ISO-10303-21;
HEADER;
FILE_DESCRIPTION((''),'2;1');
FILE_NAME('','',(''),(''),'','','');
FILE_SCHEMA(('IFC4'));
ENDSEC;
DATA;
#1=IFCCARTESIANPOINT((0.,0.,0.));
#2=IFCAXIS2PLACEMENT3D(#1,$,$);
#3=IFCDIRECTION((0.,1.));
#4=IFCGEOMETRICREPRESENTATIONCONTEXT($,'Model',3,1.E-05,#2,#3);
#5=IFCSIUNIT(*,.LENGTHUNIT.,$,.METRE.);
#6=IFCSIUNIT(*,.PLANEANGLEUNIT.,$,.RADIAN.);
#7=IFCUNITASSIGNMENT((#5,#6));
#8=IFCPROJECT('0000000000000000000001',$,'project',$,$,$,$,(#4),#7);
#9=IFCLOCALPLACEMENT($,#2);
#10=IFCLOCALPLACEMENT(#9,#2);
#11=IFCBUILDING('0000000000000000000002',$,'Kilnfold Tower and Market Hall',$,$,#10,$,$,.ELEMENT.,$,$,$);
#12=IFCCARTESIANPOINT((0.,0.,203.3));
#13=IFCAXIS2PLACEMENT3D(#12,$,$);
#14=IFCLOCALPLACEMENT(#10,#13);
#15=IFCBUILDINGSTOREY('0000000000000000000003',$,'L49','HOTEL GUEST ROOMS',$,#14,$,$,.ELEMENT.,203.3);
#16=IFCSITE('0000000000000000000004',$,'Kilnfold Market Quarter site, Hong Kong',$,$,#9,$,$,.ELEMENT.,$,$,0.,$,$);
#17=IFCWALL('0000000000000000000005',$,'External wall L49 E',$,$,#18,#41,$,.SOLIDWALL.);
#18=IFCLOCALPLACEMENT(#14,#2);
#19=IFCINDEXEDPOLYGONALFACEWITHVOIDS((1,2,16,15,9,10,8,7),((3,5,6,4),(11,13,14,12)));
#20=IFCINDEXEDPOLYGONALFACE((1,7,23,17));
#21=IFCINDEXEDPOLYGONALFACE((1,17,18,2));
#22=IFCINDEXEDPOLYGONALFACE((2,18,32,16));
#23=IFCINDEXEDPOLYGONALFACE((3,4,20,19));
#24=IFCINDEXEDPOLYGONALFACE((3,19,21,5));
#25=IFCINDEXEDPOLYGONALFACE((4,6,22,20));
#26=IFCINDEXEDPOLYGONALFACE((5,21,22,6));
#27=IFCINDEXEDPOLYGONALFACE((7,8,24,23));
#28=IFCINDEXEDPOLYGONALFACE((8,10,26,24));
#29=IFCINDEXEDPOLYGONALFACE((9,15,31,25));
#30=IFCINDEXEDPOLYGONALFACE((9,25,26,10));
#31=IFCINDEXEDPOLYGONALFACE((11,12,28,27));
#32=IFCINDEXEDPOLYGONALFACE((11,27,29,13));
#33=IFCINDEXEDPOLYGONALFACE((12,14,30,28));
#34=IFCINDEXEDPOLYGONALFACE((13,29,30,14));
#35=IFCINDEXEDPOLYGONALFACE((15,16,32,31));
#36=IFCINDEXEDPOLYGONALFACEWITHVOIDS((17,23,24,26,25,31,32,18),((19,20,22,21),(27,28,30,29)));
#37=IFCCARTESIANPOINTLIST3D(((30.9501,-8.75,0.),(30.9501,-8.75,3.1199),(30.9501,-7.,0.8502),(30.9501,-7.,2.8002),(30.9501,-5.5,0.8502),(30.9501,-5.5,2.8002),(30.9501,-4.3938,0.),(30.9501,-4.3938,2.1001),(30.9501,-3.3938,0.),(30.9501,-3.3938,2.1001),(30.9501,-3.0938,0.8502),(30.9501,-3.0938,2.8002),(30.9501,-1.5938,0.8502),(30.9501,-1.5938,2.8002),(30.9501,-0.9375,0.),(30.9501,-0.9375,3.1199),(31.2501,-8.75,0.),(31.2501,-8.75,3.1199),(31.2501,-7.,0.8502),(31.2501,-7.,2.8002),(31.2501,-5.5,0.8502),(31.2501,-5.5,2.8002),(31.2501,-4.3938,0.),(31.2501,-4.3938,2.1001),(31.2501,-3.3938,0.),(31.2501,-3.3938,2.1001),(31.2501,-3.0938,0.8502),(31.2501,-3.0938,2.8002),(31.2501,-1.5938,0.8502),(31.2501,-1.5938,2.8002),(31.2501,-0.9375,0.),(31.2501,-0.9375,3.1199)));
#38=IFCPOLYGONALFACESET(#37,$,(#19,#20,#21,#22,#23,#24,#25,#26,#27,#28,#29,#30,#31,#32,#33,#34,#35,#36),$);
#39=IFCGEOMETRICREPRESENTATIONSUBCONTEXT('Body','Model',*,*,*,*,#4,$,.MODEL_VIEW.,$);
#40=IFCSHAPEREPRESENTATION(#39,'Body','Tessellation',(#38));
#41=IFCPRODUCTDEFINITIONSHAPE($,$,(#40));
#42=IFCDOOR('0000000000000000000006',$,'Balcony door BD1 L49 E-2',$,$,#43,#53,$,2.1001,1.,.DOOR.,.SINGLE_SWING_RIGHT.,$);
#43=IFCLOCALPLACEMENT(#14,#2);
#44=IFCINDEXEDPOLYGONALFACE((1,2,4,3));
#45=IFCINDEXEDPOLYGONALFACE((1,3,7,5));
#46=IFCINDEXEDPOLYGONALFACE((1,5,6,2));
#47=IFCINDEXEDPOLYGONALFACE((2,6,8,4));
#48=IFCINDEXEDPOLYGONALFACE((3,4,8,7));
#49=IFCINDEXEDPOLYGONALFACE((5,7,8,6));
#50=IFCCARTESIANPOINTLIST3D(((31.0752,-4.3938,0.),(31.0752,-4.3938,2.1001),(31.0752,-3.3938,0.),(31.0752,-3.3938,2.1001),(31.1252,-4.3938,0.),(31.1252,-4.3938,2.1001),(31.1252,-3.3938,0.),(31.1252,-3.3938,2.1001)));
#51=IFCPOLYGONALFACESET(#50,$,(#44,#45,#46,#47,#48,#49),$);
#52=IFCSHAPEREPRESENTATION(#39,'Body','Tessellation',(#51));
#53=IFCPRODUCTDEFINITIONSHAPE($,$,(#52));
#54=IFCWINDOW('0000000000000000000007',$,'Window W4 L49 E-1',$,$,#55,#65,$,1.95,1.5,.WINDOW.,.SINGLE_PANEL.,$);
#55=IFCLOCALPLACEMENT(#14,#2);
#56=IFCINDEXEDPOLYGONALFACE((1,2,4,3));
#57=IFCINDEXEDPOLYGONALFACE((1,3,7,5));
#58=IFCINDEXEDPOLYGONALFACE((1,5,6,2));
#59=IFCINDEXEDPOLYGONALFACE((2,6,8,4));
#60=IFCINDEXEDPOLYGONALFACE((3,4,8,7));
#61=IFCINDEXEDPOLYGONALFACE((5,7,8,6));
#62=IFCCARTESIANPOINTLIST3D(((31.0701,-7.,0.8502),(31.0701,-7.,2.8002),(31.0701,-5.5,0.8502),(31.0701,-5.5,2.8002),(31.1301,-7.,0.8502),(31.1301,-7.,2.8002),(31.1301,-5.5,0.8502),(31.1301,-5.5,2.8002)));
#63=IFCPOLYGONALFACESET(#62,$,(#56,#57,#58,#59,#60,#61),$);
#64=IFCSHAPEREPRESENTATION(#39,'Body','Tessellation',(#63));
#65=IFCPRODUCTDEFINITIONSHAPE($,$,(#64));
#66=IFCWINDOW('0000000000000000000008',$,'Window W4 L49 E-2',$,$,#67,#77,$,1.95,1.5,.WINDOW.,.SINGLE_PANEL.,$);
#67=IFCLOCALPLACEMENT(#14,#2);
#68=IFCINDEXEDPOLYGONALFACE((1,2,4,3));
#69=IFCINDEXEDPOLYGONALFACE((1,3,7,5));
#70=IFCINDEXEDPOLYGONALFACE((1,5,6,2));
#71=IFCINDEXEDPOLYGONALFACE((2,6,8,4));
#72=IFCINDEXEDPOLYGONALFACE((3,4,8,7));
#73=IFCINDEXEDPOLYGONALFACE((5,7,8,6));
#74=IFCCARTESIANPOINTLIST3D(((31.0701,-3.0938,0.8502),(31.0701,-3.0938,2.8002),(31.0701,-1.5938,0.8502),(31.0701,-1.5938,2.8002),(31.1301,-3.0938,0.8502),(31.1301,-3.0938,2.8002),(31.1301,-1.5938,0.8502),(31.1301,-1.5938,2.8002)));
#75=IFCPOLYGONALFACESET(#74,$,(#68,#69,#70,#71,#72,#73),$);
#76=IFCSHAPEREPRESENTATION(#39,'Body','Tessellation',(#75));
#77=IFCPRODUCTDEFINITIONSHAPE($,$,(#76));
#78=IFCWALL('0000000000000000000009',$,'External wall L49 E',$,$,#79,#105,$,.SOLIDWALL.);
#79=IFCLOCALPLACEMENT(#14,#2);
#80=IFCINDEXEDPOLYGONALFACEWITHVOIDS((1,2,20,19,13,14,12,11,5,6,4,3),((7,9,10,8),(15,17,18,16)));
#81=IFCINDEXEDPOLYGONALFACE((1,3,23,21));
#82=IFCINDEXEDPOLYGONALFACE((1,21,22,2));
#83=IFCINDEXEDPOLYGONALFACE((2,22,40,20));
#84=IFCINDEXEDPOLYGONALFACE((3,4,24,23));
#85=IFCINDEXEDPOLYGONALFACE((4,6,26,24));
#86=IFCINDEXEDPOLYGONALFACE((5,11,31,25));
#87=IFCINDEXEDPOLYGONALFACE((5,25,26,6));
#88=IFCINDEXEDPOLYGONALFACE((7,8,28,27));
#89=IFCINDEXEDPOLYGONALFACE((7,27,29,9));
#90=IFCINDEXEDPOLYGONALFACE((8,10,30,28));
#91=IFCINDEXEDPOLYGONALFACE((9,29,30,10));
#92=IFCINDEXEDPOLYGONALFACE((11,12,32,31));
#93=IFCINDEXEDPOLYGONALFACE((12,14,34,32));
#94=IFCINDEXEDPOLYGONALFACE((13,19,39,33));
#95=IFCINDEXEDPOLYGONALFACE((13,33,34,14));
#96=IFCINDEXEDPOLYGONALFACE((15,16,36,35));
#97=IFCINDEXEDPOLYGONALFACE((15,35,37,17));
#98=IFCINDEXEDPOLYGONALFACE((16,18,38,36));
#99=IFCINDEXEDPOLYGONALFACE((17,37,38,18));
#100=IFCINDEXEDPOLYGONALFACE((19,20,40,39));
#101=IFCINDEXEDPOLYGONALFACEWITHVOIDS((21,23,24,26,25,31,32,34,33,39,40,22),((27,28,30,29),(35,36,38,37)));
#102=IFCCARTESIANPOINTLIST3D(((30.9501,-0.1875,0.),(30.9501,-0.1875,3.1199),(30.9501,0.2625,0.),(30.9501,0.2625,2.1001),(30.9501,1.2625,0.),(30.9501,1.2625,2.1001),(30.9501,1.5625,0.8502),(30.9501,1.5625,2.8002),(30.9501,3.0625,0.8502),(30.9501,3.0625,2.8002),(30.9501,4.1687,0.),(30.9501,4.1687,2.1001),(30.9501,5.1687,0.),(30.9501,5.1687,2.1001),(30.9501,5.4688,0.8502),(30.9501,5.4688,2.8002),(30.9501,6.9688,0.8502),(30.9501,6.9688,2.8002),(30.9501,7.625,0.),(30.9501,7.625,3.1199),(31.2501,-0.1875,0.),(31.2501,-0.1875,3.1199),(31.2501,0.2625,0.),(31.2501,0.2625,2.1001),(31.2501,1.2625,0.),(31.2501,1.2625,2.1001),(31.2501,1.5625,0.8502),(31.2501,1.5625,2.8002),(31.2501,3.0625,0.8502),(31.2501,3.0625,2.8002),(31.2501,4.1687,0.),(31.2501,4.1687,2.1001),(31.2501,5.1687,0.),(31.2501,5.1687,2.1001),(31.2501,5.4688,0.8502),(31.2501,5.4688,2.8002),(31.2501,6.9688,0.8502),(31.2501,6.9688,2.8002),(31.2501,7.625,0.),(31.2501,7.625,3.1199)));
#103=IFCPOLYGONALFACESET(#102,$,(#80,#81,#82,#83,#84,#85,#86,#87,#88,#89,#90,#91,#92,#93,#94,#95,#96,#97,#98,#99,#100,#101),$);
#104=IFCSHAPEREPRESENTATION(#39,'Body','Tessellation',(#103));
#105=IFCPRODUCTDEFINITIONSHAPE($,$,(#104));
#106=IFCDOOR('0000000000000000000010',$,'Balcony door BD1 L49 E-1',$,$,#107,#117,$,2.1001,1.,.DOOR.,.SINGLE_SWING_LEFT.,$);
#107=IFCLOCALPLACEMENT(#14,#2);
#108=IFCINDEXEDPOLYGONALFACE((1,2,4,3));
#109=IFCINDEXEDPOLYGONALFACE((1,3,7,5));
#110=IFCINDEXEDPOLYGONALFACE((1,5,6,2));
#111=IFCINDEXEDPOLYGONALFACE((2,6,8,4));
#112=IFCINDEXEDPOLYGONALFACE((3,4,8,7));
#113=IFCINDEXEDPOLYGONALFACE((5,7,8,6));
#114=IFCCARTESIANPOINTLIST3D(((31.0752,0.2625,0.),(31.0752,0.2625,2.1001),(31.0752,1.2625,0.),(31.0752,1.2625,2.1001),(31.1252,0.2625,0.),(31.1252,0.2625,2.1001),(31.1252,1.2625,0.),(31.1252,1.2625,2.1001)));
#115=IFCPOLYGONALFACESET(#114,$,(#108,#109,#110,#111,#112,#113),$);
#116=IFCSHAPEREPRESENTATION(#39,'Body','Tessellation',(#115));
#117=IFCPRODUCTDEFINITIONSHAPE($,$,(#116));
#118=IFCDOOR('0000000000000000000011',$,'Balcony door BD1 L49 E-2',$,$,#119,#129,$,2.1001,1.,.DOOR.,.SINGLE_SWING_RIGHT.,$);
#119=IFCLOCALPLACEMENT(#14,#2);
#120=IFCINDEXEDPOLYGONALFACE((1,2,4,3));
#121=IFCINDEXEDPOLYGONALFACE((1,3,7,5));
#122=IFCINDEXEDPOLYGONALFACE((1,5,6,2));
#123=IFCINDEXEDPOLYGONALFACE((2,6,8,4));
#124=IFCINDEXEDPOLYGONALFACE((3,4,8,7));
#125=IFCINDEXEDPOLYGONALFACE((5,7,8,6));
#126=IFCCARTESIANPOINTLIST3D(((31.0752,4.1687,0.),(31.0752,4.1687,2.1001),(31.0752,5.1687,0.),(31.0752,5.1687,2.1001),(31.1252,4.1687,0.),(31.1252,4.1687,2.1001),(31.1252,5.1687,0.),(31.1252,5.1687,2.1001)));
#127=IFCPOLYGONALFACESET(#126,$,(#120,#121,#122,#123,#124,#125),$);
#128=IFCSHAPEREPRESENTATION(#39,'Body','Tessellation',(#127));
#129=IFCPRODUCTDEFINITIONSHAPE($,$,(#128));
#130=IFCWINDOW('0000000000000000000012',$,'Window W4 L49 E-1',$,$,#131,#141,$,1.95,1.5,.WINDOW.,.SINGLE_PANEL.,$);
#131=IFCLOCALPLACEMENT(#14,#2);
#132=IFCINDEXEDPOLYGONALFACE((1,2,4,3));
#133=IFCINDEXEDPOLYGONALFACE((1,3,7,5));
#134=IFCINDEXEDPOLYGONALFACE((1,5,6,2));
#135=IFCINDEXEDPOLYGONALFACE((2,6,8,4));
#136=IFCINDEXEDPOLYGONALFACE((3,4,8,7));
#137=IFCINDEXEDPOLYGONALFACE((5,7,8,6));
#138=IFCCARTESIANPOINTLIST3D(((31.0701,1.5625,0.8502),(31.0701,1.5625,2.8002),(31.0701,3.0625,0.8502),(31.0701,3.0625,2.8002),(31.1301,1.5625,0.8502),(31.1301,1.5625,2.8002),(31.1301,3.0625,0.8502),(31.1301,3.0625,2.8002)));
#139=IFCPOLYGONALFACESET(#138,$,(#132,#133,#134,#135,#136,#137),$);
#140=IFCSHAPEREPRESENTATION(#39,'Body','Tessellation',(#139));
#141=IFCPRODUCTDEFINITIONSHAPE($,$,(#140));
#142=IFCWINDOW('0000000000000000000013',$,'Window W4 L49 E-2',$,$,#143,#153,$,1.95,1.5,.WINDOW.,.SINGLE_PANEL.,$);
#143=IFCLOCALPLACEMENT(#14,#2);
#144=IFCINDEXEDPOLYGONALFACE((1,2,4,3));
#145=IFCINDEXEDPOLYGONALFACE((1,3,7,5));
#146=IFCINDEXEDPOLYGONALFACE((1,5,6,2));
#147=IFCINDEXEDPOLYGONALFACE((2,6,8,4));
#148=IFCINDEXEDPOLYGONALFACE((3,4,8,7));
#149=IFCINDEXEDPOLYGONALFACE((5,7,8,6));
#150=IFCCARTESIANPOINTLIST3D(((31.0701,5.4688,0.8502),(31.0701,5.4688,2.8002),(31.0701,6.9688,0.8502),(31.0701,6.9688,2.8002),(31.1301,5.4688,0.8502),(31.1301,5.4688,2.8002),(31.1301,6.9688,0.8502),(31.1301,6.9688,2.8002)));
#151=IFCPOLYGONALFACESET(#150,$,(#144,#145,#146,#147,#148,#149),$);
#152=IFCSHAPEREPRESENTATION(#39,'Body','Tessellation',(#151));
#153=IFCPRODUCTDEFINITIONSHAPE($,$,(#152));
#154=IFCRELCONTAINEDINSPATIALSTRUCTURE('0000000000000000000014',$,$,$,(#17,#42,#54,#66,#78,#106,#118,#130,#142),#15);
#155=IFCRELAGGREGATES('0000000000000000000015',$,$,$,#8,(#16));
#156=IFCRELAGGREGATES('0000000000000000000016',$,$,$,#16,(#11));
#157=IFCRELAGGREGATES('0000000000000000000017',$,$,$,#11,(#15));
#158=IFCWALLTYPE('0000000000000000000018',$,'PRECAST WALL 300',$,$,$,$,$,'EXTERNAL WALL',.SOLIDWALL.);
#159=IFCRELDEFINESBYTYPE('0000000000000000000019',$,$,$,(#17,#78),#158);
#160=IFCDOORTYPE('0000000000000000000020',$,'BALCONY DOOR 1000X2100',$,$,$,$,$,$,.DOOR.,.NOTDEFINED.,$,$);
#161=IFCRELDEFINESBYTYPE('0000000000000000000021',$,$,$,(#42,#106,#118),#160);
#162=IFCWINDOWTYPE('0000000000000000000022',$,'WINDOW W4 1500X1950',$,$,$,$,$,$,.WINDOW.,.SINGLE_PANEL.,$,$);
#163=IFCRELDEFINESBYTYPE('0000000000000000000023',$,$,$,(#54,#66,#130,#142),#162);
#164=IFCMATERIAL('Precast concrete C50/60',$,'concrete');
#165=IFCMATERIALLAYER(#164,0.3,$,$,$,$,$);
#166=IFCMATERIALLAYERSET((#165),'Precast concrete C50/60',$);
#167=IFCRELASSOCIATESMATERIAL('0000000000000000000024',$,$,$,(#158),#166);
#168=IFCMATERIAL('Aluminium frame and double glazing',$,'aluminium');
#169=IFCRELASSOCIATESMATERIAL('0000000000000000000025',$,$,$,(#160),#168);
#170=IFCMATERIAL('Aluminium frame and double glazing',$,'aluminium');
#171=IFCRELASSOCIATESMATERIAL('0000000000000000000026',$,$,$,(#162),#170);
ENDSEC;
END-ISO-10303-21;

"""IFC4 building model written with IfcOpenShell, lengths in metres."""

from ifc_helpers import new_model, si_unit, direction, frame, frame_2d, origin, place, context, subcontext, project, spatial, rectangle, extrude, source, transform, mapped, material, layer, layer_set, type_object, element, fill, save


model = new_model("IFC4")

# Units and contexts
model_context = context("Model", 3, precision=1e-05, world=origin(), true_north=direction((0.0, 1.0)))
body_context = subcontext(model_context, "Body", "Model", "MODEL_VIEW")
ifc_project = project(units=[si_unit("LENGTHUNIT", "METRE"), si_unit("PLANEANGLEUNIT", "RADIAN")], contexts=[model_context])

# Site, building, storey
site_placement = place(None, origin())
site = spatial("IfcSite", under=ifc_project, at=site_placement, Name="Kilnfold Market Quarter site, Hong Kong", CompositionType="ELEMENT", RefElevation=0.0)
building_placement = place(site_placement, origin())
building = spatial("IfcBuilding", under=site, at=building_placement, Name="Kilnfold Tower and Market Hall", CompositionType="ELEMENT")
storey_placement = place(building_placement, frame((0.0, 0.0, 203.3)))
storey = spatial("IfcBuildingStorey", under=building, at=storey_placement, Name="L49", Description="HOTEL GUEST ROOMS", CompositionType="ELEMENT", Elevation=203.3)

# Wall, openings, door, windows
ifc_material_1 = material(Name="Precast concrete C50/60", Category="concrete")
ifc_layer_1 = layer(ifc_material_1, 0.3)
ifc_layer_set_1 = layer_set([ifc_layer_1], Name="Precast concrete C50/60")
wall_type_1 = type_object("IfcWallType", Name="PRECAST WALL 300", ElementType="EXTERNAL WALL", PredefinedType="SOLIDWALL", material=ifc_layer_set_1)
shared_shape_1 = source(origin(), body_context, "Body", "SweptSolid", [
    extrude(rectangle(XDim=7.8125, YDim=0.3, at=frame_2d((3.9062, 0.0))), origin(), (0.0, 0.0, 1.0), 3.1199),
])
wall_1_placement = place(storey_placement, frame((31.1001, -8.75, 0.0), z_axis=(0.0, 0.0, 1.0), x_axis=(0.0, 1.0, 0.0)))
wall_1 = element("IfcWall", 1, at=wall_1_placement, inside=storey, type_object=wall_type_1, Name="External wall L49 E", PredefinedType="SOLIDWALL", context=body_context, shape_type="MappedRepresentation", body=[
    mapped(shared_shape_1, transform((0.0, 0.0, 0.0))),
])
opening_1_placement = place(wall_1_placement, frame((1.75, 0.0, 0.8501)))
opening_1 = element("IfcOpeningElement", 2, at=opening_1_placement, cuts=wall_1, PredefinedType="OPENING", context=body_context, shape_type="SweptSolid", body=[
    extrude(rectangle(XDim=1.5, YDim=1.95, at=frame_2d((0.75, 0.9751))), frame((0.0, 0.1602, 0.0), z_axis=(0.0, -1.0, 0.0), x_axis=(1.0, 0.0, 0.0)), (0.0, 0.0, 1.0), 0.3201),
])
opening_2_placement = place(wall_1_placement, frame((5.6562, 0.0, 0.8501)))
opening_2 = element("IfcOpeningElement", 3, at=opening_2_placement, cuts=wall_1, PredefinedType="OPENING", context=body_context, shape_type="SweptSolid", body=[
    extrude(rectangle(XDim=1.5, YDim=1.95, at=frame_2d((0.75, 0.9751))), frame((0.0, 0.1602, 0.0), z_axis=(0.0, -1.0, 0.0), x_axis=(1.0, 0.0, 0.0)), (0.0, 0.0, 1.0), 0.3201),
])
opening_3_placement = place(wall_1_placement, frame((4.3562, 0.0, 0.0)))
opening_3 = element("IfcOpeningElement", 4, at=opening_3_placement, cuts=wall_1, PredefinedType="OPENING", context=body_context, shape_type="SweptSolid", body=[
    extrude(rectangle(XDim=1.0, YDim=2.1001, at=frame_2d((0.5, 1.05))), frame((0.0, 0.1602, 0.0), z_axis=(0.0, -1.0, 0.0), x_axis=(1.0, 0.0, 0.0)), (0.0, 0.0, 1.0), 0.3201),
])
ifc_material_2 = material(Name="Aluminium frame and double glazing", Category="aluminium")
door_type_1 = type_object("IfcDoorType", Name="BALCONY DOOR 1000X2100", OperationType="NOTDEFINED", PredefinedType="DOOR", material=ifc_material_2)
door_1_placement = place(opening_3_placement, origin())
door_1 = element("IfcDoor", 5, at=door_1_placement, inside=storey, type_object=door_type_1, Name="Balcony door BD1 L49 E-2", OperationType="SINGLE_SWING_RIGHT", OverallHeight=2.1001, OverallWidth=1.0, PredefinedType="DOOR", context=body_context, shape_type="SweptSolid", body=[
    extrude(rectangle(XDim=1.0, YDim=2.1001, at=frame_2d((0.5, 1.05))), frame((0.0, 0.0249, 0.0), z_axis=(0.0, -1.0, 0.0), x_axis=(1.0, 0.0, 0.0)), (0.0, 0.0, 1.0), 0.05),
])
fill(opening_3, door_1)
ifc_material_3 = material(Name="Aluminium frame and double glazing", Category="aluminium")
window_type = type_object("IfcWindowType", Name="WINDOW W4 1500X1950", PartitioningType="SINGLE_PANEL", PredefinedType="WINDOW", material=ifc_material_3)
window_1_placement = place(opening_1_placement, origin())
window_1 = element("IfcWindow", 6, at=window_1_placement, inside=storey, type_object=window_type, Name="Window W4 L49 E-1", OverallHeight=1.95, OverallWidth=1.5, PartitioningType="SINGLE_PANEL", PredefinedType="WINDOW", context=body_context, shape_type="SweptSolid", body=[
    extrude(rectangle(XDim=1.5, YDim=1.95, at=frame_2d((0.75, 0.9751))), frame((0.0, 0.03, 0.0), z_axis=(0.0, -1.0, 0.0), x_axis=(1.0, 0.0, 0.0)), (0.0, 0.0, 1.0), 0.0601),
])
fill(opening_1, window_1)
window_2_placement = place(opening_2_placement, origin())
window_2 = element("IfcWindow", 7, at=window_2_placement, inside=storey, type_object=window_type, Name="Window W4 L49 E-2", OverallHeight=1.95, OverallWidth=1.5, PartitioningType="SINGLE_PANEL", PredefinedType="WINDOW", context=body_context, shape_type="SweptSolid", body=[
    extrude(rectangle(XDim=1.5, YDim=1.95, at=frame_2d((0.75, 0.9751))), frame((0.0, 0.03, 0.0), z_axis=(0.0, -1.0, 0.0), x_axis=(1.0, 0.0, 0.0)), (0.0, 0.0, 1.0), 0.0601),
])
fill(opening_2, window_2)

# Wall, openings, doors, windows
wall_2_placement = place(storey_placement, frame((31.1001, -0.1875, 0.0), z_axis=(0.0, 0.0, 1.0), x_axis=(0.0, 1.0, 0.0)))
wall_2 = element("IfcWall", 8, at=wall_2_placement, inside=storey, type_object=wall_type_1, Name="External wall L49 E", PredefinedType="SOLIDWALL", context=body_context, shape_type="MappedRepresentation", body=[
    mapped(shared_shape_1, transform((0.0, 0.0, 0.0))),
])
opening_4_placement = place(wall_2_placement, frame((1.75, 0.0, 0.8501)))
opening_4 = element("IfcOpeningElement", 9, at=opening_4_placement, cuts=wall_2, PredefinedType="OPENING", context=body_context, shape_type="SweptSolid", body=[
    extrude(rectangle(XDim=1.5, YDim=1.95, at=frame_2d((0.75, 0.9751))), frame((0.0, 0.1602, 0.0), z_axis=(0.0, -1.0, 0.0), x_axis=(1.0, 0.0, 0.0)), (0.0, 0.0, 1.0), 0.3201),
])
opening_5_placement = place(wall_2_placement, frame((0.45, 0.0, 0.0)))
opening_5 = element("IfcOpeningElement", 10, at=opening_5_placement, cuts=wall_2, PredefinedType="OPENING", context=body_context, shape_type="SweptSolid", body=[
    extrude(rectangle(XDim=1.0, YDim=2.1001, at=frame_2d((0.5, 1.05))), frame((0.0, 0.1602, 0.0), z_axis=(0.0, -1.0, 0.0), x_axis=(1.0, 0.0, 0.0)), (0.0, 0.0, 1.0), 0.3201),
])
opening_6_placement = place(wall_2_placement, frame((5.6562, 0.0, 0.8501)))
opening_6 = element("IfcOpeningElement", 11, at=opening_6_placement, cuts=wall_2, PredefinedType="OPENING", context=body_context, shape_type="SweptSolid", body=[
    extrude(rectangle(XDim=1.5, YDim=1.95, at=frame_2d((0.75, 0.9751))), frame((0.0, 0.1602, 0.0), z_axis=(0.0, -1.0, 0.0), x_axis=(1.0, 0.0, 0.0)), (0.0, 0.0, 1.0), 0.3201),
])
opening_7_placement = place(wall_2_placement, frame((4.3562, 0.0, 0.0)))
opening_7 = element("IfcOpeningElement", 12, at=opening_7_placement, cuts=wall_2, PredefinedType="OPENING", context=body_context, shape_type="SweptSolid", body=[
    extrude(rectangle(XDim=1.0, YDim=2.1001, at=frame_2d((0.5, 1.05))), frame((0.0, 0.1602, 0.0), z_axis=(0.0, -1.0, 0.0), x_axis=(1.0, 0.0, 0.0)), (0.0, 0.0, 1.0), 0.3201),
])
door_2_placement = place(opening_5_placement, origin())
door_2 = element("IfcDoor", 13, at=door_2_placement, inside=storey, type_object=door_type_1, Name="Balcony door BD1 L49 E-1", OperationType="SINGLE_SWING_LEFT", OverallHeight=2.1001, OverallWidth=1.0, PredefinedType="DOOR", context=body_context, shape_type="SweptSolid", body=[
    extrude(rectangle(XDim=1.0, YDim=2.1001, at=frame_2d((0.5, 1.05))), frame((0.0, 0.0249, 0.0), z_axis=(0.0, -1.0, 0.0), x_axis=(1.0, 0.0, 0.0)), (0.0, 0.0, 1.0), 0.05),
])
fill(opening_5, door_2)
door_3_placement = place(opening_7_placement, origin())
door_3 = element("IfcDoor", 14, at=door_3_placement, inside=storey, type_object=door_type_1, Name="Balcony door BD1 L49 E-2", OperationType="SINGLE_SWING_RIGHT", OverallHeight=2.1001, OverallWidth=1.0, PredefinedType="DOOR", context=body_context, shape_type="SweptSolid", body=[
    extrude(rectangle(XDim=1.0, YDim=2.1001, at=frame_2d((0.5, 1.05))), frame((0.0, 0.0249, 0.0), z_axis=(0.0, -1.0, 0.0), x_axis=(1.0, 0.0, 0.0)), (0.0, 0.0, 1.0), 0.05),
])
fill(opening_7, door_3)
window_3_placement = place(opening_4_placement, origin())
window_3 = element("IfcWindow", 15, at=window_3_placement, inside=storey, type_object=window_type, Name="Window W4 L49 E-1", OverallHeight=1.95, OverallWidth=1.5, PartitioningType="SINGLE_PANEL", PredefinedType="WINDOW", context=body_context, shape_type="SweptSolid", body=[
    extrude(rectangle(XDim=1.5, YDim=1.95, at=frame_2d((0.75, 0.9751))), frame((0.0, 0.03, 0.0), z_axis=(0.0, -1.0, 0.0), x_axis=(1.0, 0.0, 0.0)), (0.0, 0.0, 1.0), 0.0601),
])
fill(opening_4, window_3)
window_4_placement = place(opening_6_placement, origin())
window_4 = element("IfcWindow", 16, at=window_4_placement, inside=storey, type_object=window_type, Name="Window W4 L49 E-2", OverallHeight=1.95, OverallWidth=1.5, PartitioningType="SINGLE_PANEL", PredefinedType="WINDOW", context=body_context, shape_type="SweptSolid", body=[
    extrude(rectangle(XDim=1.5, YDim=1.95, at=frame_2d((0.75, 0.9751))), frame((0.0, 0.03, 0.0), z_axis=(0.0, -1.0, 0.0), x_axis=(1.0, 0.0, 0.0)), (0.0, 0.0, 1.0), 0.0601),
])
fill(opening_6, window_4)

save(model, "model.ifc")
